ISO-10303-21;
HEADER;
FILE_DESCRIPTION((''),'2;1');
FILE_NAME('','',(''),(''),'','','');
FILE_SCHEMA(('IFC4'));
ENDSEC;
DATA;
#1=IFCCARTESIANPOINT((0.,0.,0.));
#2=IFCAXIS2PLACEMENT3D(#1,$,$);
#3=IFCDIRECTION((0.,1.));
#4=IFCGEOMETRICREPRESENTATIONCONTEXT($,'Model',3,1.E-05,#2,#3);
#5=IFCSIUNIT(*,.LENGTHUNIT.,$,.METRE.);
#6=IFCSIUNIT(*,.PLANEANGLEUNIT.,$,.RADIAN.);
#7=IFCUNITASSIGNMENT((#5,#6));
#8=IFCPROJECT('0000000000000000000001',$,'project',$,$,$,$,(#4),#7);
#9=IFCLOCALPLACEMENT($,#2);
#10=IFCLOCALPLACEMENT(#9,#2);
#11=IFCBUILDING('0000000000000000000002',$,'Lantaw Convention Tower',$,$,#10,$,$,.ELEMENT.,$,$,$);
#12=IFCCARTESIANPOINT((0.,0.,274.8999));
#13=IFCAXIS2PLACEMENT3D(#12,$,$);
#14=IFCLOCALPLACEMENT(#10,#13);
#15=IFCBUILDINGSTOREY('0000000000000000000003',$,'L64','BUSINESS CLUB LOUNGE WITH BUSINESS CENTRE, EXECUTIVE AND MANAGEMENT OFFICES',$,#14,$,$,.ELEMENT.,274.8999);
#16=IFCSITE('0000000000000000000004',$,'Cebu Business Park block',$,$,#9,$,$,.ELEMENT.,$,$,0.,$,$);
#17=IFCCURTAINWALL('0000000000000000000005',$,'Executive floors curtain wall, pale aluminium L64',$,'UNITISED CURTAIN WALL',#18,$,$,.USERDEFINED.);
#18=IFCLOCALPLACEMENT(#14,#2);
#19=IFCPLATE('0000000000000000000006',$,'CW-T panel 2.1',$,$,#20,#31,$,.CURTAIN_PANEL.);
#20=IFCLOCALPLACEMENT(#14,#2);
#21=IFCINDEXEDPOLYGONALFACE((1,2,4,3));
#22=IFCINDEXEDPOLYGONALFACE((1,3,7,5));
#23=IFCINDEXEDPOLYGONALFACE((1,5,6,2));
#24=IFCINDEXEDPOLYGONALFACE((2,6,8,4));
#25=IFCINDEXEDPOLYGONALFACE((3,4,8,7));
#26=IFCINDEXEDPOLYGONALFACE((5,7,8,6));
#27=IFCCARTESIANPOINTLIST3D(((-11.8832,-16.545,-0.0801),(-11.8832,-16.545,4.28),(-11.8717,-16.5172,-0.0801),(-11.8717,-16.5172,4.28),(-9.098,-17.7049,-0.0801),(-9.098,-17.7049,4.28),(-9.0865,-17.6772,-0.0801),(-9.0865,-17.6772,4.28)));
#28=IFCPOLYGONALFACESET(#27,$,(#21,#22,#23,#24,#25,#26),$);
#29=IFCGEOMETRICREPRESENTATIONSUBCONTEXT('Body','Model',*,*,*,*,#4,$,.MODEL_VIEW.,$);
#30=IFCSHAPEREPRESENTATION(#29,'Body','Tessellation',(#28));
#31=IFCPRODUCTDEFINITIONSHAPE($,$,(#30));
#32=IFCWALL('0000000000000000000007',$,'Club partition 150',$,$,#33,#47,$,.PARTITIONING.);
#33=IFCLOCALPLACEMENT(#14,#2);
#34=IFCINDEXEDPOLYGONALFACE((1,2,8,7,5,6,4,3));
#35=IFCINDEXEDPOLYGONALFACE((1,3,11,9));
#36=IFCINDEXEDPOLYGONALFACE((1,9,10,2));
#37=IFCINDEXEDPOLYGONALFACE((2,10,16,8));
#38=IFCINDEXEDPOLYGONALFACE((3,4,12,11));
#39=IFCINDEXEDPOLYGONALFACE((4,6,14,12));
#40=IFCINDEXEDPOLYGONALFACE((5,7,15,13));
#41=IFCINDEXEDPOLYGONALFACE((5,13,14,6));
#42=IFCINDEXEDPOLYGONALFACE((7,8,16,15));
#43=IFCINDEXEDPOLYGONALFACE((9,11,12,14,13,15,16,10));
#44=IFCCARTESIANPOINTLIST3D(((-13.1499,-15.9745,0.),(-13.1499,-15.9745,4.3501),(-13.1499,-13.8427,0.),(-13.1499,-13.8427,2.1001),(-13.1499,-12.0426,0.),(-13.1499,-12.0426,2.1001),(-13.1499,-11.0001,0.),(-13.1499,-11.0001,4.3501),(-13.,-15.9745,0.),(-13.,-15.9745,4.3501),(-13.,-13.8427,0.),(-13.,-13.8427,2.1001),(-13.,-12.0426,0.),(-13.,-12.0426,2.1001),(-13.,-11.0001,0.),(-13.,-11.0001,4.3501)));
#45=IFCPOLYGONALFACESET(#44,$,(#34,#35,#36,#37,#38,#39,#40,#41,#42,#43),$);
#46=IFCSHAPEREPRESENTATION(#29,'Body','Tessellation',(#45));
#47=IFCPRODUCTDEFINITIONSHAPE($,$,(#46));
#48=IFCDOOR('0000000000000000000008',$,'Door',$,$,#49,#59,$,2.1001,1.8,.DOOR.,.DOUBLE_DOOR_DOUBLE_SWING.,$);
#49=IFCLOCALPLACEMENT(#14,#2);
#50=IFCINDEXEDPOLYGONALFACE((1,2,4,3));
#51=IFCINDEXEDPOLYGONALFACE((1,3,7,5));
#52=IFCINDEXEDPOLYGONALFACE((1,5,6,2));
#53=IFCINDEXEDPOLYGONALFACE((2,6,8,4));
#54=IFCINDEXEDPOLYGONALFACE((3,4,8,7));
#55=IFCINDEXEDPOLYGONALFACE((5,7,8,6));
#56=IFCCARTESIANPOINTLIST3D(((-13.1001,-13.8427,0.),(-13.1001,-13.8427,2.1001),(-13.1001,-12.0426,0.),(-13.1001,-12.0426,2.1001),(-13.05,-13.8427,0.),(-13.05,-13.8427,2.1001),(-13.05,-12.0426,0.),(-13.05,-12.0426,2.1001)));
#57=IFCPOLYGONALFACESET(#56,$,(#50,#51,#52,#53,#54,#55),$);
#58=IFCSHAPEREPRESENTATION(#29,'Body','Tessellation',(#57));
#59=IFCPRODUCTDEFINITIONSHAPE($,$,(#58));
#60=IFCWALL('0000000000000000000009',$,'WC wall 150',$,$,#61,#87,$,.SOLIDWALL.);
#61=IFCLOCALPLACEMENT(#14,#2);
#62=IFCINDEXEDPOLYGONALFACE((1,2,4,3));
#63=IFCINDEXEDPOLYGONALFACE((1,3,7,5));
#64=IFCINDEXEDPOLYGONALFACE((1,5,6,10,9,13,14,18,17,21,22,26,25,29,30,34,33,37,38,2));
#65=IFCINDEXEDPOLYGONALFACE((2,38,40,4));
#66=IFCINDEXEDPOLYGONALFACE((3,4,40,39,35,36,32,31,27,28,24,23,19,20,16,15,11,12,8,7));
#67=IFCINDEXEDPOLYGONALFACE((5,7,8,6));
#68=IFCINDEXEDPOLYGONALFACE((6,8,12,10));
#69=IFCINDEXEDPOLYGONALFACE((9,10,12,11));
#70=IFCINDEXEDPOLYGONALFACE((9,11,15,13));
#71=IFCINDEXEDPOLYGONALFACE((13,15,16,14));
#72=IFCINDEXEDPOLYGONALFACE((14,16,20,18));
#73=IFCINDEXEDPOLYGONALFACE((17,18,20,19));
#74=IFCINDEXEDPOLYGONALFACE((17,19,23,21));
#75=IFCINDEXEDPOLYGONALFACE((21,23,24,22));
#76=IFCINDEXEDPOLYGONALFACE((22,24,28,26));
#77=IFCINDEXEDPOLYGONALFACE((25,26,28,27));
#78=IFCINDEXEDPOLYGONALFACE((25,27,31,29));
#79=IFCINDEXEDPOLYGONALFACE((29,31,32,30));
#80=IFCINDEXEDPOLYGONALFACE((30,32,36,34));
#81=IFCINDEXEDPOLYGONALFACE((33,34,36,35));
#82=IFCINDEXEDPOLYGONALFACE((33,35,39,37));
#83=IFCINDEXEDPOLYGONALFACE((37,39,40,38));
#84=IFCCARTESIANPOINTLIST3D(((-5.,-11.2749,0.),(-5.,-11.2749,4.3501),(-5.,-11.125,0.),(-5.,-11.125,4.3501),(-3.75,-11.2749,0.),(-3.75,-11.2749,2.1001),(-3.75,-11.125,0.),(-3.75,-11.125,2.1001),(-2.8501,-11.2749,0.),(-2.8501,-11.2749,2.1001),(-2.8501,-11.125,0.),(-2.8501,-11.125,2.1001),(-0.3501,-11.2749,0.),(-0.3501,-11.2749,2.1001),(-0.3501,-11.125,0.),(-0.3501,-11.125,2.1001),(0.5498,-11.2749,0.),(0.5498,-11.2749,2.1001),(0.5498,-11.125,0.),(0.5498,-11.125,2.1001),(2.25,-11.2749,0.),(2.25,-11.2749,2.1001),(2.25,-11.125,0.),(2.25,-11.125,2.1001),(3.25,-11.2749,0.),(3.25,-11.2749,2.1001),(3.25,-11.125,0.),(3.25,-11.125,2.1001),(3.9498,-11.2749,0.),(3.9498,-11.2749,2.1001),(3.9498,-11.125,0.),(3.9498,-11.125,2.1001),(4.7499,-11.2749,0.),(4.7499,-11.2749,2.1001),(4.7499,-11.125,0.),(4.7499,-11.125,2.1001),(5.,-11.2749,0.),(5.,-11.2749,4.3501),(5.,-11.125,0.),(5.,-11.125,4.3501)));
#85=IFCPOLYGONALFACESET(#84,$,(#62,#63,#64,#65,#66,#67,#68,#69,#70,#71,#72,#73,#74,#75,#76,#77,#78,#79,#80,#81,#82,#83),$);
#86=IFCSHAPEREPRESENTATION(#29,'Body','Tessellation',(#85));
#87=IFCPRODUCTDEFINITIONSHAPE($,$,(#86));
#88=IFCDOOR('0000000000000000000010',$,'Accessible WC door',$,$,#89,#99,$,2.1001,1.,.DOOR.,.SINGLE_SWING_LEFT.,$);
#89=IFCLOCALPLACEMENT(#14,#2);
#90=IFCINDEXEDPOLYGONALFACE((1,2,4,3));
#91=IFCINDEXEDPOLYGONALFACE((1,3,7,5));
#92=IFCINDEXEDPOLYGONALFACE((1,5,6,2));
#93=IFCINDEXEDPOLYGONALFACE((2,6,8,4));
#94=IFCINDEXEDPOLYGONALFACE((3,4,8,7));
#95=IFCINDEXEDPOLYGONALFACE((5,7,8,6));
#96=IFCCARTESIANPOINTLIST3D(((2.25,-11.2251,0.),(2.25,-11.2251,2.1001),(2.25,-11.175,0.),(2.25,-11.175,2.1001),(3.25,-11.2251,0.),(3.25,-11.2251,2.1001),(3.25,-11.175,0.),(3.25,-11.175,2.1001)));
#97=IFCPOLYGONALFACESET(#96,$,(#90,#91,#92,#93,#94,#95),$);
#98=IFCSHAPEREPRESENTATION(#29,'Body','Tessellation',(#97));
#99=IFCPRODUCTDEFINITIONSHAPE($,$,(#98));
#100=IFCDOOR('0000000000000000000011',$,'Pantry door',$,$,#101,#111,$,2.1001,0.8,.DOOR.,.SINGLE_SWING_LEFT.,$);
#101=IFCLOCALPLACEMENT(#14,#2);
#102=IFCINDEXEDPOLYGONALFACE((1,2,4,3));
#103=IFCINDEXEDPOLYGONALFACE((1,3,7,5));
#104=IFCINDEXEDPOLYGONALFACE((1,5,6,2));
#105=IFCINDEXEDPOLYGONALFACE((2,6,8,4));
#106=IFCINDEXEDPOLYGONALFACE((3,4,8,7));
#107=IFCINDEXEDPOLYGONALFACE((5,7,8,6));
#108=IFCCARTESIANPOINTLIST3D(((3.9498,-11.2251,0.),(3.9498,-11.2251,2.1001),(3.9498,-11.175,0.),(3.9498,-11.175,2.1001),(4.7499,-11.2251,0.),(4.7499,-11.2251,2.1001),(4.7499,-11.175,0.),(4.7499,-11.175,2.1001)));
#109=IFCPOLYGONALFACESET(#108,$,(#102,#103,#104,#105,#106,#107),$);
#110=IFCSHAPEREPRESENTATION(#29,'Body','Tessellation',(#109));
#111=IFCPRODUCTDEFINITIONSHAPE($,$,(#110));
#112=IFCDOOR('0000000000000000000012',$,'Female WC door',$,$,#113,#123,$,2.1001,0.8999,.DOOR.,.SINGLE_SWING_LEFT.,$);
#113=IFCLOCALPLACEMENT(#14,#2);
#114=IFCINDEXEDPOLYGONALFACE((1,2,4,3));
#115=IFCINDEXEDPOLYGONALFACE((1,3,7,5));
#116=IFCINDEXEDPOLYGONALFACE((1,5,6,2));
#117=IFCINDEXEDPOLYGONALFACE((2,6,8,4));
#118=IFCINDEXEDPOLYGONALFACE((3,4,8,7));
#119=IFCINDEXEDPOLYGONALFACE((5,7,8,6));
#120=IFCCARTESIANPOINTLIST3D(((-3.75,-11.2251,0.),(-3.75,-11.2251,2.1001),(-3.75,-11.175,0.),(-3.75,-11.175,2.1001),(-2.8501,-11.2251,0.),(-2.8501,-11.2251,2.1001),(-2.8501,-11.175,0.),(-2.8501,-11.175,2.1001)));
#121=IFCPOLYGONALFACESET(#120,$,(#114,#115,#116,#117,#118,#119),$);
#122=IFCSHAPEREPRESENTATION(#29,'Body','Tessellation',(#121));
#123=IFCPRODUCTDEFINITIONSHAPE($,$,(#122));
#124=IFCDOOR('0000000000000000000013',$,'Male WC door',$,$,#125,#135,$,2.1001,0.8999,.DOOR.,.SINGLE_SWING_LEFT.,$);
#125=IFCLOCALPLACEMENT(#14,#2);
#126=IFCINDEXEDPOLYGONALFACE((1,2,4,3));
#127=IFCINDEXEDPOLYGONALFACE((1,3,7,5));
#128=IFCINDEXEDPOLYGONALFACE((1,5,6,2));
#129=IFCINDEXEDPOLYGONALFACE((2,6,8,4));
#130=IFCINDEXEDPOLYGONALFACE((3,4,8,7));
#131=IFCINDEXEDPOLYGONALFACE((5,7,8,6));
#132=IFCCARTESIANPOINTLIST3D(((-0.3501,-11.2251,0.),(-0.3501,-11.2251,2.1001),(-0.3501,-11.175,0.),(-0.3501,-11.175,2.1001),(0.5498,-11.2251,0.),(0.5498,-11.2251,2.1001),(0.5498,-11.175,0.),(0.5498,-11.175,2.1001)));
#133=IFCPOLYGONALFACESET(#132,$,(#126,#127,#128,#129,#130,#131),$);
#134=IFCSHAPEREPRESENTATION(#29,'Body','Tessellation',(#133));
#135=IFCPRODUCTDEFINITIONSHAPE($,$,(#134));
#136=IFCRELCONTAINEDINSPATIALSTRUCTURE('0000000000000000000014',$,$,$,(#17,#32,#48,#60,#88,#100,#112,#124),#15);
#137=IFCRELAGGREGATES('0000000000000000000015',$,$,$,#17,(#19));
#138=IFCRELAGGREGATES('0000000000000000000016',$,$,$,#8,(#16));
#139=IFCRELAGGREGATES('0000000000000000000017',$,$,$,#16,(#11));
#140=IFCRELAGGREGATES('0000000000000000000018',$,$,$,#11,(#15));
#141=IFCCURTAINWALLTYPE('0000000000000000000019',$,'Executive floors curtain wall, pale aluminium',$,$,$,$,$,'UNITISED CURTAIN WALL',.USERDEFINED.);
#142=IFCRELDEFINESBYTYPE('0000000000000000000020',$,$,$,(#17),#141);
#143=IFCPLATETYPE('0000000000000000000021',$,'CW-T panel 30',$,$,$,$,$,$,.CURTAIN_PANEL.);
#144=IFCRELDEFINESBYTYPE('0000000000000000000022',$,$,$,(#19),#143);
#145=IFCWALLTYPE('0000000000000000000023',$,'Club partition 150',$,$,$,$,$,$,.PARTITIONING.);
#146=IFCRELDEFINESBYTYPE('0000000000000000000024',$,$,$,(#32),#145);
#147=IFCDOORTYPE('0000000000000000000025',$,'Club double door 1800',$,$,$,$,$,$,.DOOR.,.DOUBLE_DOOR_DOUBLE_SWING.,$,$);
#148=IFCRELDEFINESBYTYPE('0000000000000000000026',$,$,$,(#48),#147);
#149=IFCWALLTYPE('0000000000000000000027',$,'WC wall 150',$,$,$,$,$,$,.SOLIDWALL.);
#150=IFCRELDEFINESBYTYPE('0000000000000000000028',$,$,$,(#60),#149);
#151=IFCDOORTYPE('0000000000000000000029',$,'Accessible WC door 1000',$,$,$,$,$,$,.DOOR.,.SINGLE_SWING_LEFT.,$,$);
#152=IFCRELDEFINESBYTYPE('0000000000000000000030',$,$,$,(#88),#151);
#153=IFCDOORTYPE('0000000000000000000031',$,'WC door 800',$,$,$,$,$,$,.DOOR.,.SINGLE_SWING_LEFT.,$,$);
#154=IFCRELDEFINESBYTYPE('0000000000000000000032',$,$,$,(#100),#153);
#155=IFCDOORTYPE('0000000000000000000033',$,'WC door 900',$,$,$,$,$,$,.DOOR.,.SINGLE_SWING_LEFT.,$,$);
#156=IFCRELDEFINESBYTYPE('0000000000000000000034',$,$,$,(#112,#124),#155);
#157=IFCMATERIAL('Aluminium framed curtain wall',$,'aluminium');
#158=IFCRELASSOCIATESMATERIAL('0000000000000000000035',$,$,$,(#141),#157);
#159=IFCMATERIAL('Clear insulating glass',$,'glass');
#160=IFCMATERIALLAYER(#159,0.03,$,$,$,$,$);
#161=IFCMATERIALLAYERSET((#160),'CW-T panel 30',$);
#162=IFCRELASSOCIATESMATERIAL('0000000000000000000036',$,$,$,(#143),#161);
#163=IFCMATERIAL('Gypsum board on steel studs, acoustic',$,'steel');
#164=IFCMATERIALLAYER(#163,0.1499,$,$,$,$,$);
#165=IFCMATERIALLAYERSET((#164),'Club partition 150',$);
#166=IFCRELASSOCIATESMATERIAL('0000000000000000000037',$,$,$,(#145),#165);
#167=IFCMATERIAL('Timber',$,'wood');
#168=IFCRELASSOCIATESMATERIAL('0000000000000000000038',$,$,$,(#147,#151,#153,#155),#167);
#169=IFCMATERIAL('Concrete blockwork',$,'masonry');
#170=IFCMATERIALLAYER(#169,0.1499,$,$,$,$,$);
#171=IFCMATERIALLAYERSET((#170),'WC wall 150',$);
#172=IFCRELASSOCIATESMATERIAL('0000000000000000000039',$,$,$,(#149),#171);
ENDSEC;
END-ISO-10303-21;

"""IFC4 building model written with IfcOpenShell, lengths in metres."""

from ifc_helpers import new_model, si_unit, direction, frame, frame_2d, origin, origin_2d, place, context, subcontext, project, spatial, rectangle, extrude, material, layer, layer_set, type_object, element, fill, aggregate, save


model = new_model("IFC4")

# Units and contexts
model_context = context("Model", 3, precision=1e-05, world=origin(), true_north=direction((0.0, 1.0)))
body_context = subcontext(model_context, "Body", "Model", "MODEL_VIEW")
ifc_project = project(units=[si_unit("LENGTHUNIT", "METRE"), si_unit("PLANEANGLEUNIT", "RADIAN")], contexts=[model_context])

# Site, building, storey
site_placement = place(None, origin())
site = spatial("IfcSite", under=ifc_project, at=site_placement, Name="Cebu Business Park block", CompositionType="ELEMENT", RefElevation=0.0)
building_placement = place(site_placement, origin())
building = spatial("IfcBuilding", under=site, at=building_placement, Name="Lantaw Convention Tower", CompositionType="ELEMENT")
storey_placement = place(building_placement, frame((0.0, 0.0, 274.8999)))
storey = spatial("IfcBuildingStorey", under=building, at=storey_placement, Name="L64", Description="BUSINESS CLUB LOUNGE WITH BUSINESS CENTRE, EXECUTIVE AND MANAGEMENT OFFICES", CompositionType="ELEMENT", Elevation=274.8999)

# Curtain wall, plate
ifc_material_1 = material(Name="Aluminium framed curtain wall", Category="aluminium")
curtain_wall_type = type_object("IfcCurtainWallType", Name="Executive floors curtain wall, pale aluminium", ElementType="UNITISED CURTAIN WALL", PredefinedType="USERDEFINED", material=ifc_material_1)
curtain_wall_placement = place(storey_placement, origin())
curtain_wall = element("IfcCurtainWall", 1, at=curtain_wall_placement, inside=storey, type_object=curtain_wall_type, Name="Executive floors curtain wall, pale aluminium L64", ObjectType="UNITISED CURTAIN WALL", PredefinedType="USERDEFINED")
ifc_material_2 = material(Name="Clear insulating glass", Category="glass")
ifc_layer_1 = layer(ifc_material_2, 0.03)
ifc_layer_set_1 = layer_set([ifc_layer_1], Name="CW-T panel 30")
plate_type = type_object("IfcPlateType", Name="CW-T panel 30", PredefinedType="CURTAIN_PANEL", material=ifc_layer_set_1)
plate_placement = place(storey_placement, frame((-10.4849, -17.1111, -0.0801), z_axis=(0.0, 0.0, 1.0), x_axis=(0.923142, -0.38446, 0.0)))
plate = element("IfcPlate", 2, at=plate_placement, type_object=plate_type, Name="CW-T panel 2.1", PredefinedType="CURTAIN_PANEL", context=body_context, shape_type="SweptSolid", body=[
    extrude(rectangle(XDim=3.0171, YDim=0.03, at=origin_2d()), origin(), (0.0, 0.0, 1.0), 4.3601),
])
aggregate(curtain_wall, [plate])

# Wall, opening, door
ifc_material_3 = material(Name="Gypsum board on steel studs, acoustic", Category="steel")
ifc_layer_2 = layer(ifc_material_3, 0.1499)
ifc_layer_set_2 = layer_set([ifc_layer_2], Name="Club partition 150")
wall_type_1 = type_object("IfcWallType", Name="Club partition 150", PredefinedType="PARTITIONING", material=ifc_layer_set_2)
wall_1_placement = place(storey_placement, frame((-13.075, -11.0, 0.0), z_axis=(0.0, 0.0, 1.0), x_axis=(0.0, -1.0, 0.0)))
wall_1 = element("IfcWall", 3, at=wall_1_placement, inside=storey, type_object=wall_type_1, Name="Club partition 150", PredefinedType="PARTITIONING", context=body_context, shape_type="SweptSolid", body=[
    extrude(rectangle(XDim=4.9744, YDim=0.1499, at=frame_2d((2.4873, 0.0))), origin(), (0.0, 0.0, 1.0), 4.3501),
])
opening_1_placement = place(wall_1_placement, frame((1.0427, 0.0, 0.0)))
opening_1 = element("IfcOpeningElement", 4, at=opening_1_placement, cuts=wall_1, PredefinedType="OPENING", context=body_context, shape_type="SweptSolid", body=[
    extrude(rectangle(XDim=1.8, YDim=2.1001, at=frame_2d((0.8999, 1.05))), frame((0.0, 0.085, 0.0), z_axis=(0.0, -1.0, 0.0), x_axis=(1.0, 0.0, 0.0)), (0.0, 0.0, 1.0), 0.1699),
])
ifc_material_4 = material(Name="Timber", Category="wood")
door_type_1 = type_object("IfcDoorType", Name="Club double door 1800", OperationType="DOUBLE_DOOR_DOUBLE_SWING", PredefinedType="DOOR", material=ifc_material_4)
door_1_placement = place(opening_1_placement, origin())
door_1 = element("IfcDoor", 5, at=door_1_placement, inside=storey, type_object=door_type_1, Name="Door", OperationType="DOUBLE_DOOR_DOUBLE_SWING", OverallHeight=2.1001, OverallWidth=1.8, PredefinedType="DOOR", context=body_context, shape_type="SweptSolid", body=[
    extrude(rectangle(XDim=1.8, YDim=2.1001, at=frame_2d((0.8999, 1.05))), frame((0.0, 0.0249, 0.0), z_axis=(0.0, -1.0, 0.0), x_axis=(1.0, 0.0, 0.0)), (0.0, 0.0, 1.0), 0.05),
])
fill(opening_1, door_1)

# Wall, openings, doors
ifc_material_5 = material(Name="Concrete blockwork", Category="masonry")
ifc_layer_3 = layer(ifc_material_5, 0.1499)
ifc_layer_set_3 = layer_set([ifc_layer_3], Name="WC wall 150")
wall_type_2 = type_object("IfcWallType", Name="WC wall 150", PredefinedType="SOLIDWALL", material=ifc_layer_set_3)
wall_2_placement = place(storey_placement, frame((-5.0, -11.2, 0.0), z_axis=(0.0, 0.0, 1.0), x_axis=(1.0, 0.0, 0.0)))
wall_2 = element("IfcWall", 6, at=wall_2_placement, inside=storey, type_object=wall_type_2, Name="WC wall 150", PredefinedType="SOLIDWALL", context=body_context, shape_type="SweptSolid", body=[
    extrude(rectangle(XDim=10.0, YDim=0.1499, at=frame_2d((5.0, 0.0))), origin(), (0.0, 0.0, 1.0), 4.3501),
])
opening_2_placement = place(wall_2_placement, frame((1.25, 0.0, 0.0)))
opening_2 = element("IfcOpeningElement", 7, at=opening_2_placement, cuts=wall_2, PredefinedType="OPENING", context=body_context, shape_type="SweptSolid", body=[
    extrude(rectangle(XDim=0.8999, YDim=2.1001, at=frame_2d((0.45, 1.05))), frame((0.0, 0.085, 0.0), z_axis=(0.0, -1.0, 0.0), x_axis=(1.0, 0.0, 0.0)), (0.0, 0.0, 1.0), 0.1699),
])
opening_3_placement = place(wall_2_placement, frame((4.6499, 0.0, 0.0)))
opening_3 = element("IfcOpeningElement", 8, at=opening_3_placement, cuts=wall_2, PredefinedType="OPENING", context=body_context, shape_type="SweptSolid", body=[
    extrude(rectangle(XDim=0.8999, YDim=2.1001, at=frame_2d((0.45, 1.05))), frame((0.0, 0.085, 0.0), z_axis=(0.0, -1.0, 0.0), x_axis=(1.0, 0.0, 0.0)), (0.0, 0.0, 1.0), 0.1699),
])
opening_4_placement = place(wall_2_placement, frame((7.25, 0.0, 0.0)))
opening_4 = element("IfcOpeningElement", 9, at=opening_4_placement, cuts=wall_2, PredefinedType="OPENING", context=body_context, shape_type="SweptSolid", body=[
    extrude(rectangle(XDim=1.0, YDim=2.1001, at=frame_2d((0.5, 1.05))), frame((0.0, 0.085, 0.0), z_axis=(0.0, -1.0, 0.0), x_axis=(1.0, 0.0, 0.0)), (0.0, 0.0, 1.0), 0.1699),
])
opening_5_placement = place(wall_2_placement, frame((8.95, 0.0, 0.0)))
opening_5 = element("IfcOpeningElement", 10, at=opening_5_placement, cuts=wall_2, PredefinedType="OPENING", context=body_context, shape_type="SweptSolid", body=[
    extrude(rectangle(XDim=0.8, YDim=2.1001, at=frame_2d((0.3999, 1.05))), frame((0.0, 0.085, 0.0), z_axis=(0.0, -1.0, 0.0), x_axis=(1.0, 0.0, 0.0)), (0.0, 0.0, 1.0), 0.1699),
])
door_type_2 = type_object("IfcDoorType", Name="Accessible WC door 1000", OperationType="SINGLE_SWING_LEFT", PredefinedType="DOOR", material=ifc_material_4)
door_2_placement = place(opening_4_placement, origin())
door_2 = element("IfcDoor", 11, at=door_2_placement, inside=storey, type_object=door_type_2, Name="Accessible WC door", OperationType="SINGLE_SWING_LEFT", OverallHeight=2.1001, OverallWidth=1.0, PredefinedType="DOOR", context=body_context, shape_type="SweptSolid", body=[
    extrude(rectangle(XDim=1.0, YDim=2.1001, at=frame_2d((0.5, 1.05))), frame((0.0, 0.0249, 0.0), z_axis=(0.0, -1.0, 0.0), x_axis=(1.0, 0.0, 0.0)), (0.0, 0.0, 1.0), 0.05),
])
fill(opening_4, door_2)
door_type_3 = type_object("IfcDoorType", Name="WC door 800", OperationType="SINGLE_SWING_LEFT", PredefinedType="DOOR", material=ifc_material_4)
door_3_placement = place(opening_5_placement, origin())
door_3 = element("IfcDoor", 12, at=door_3_placement, inside=storey, type_object=door_type_3, Name="Pantry door", OperationType="SINGLE_SWING_LEFT", OverallHeight=2.1001, OverallWidth=0.8, PredefinedType="DOOR", context=body_context, shape_type="SweptSolid", body=[
    extrude(rectangle(XDim=0.8, YDim=2.1001, at=frame_2d((0.3999, 1.05))), frame((0.0, 0.0249, 0.0), z_axis=(0.0, -1.0, 0.0), x_axis=(1.0, 0.0, 0.0)), (0.0, 0.0, 1.0), 0.05),
])
fill(opening_5, door_3)
door_type_4 = type_object("IfcDoorType", Name="WC door 900", OperationType="SINGLE_SWING_LEFT", PredefinedType="DOOR", material=ifc_material_4)
door_4_placement = place(opening_2_placement, origin())
door_4 = element("IfcDoor", 13, at=door_4_placement, inside=storey, type_object=door_type_4, Name="Female WC door", OperationType="SINGLE_SWING_LEFT", OverallHeight=2.1001, OverallWidth=0.8999, PredefinedType="DOOR", context=body_context, shape_type="SweptSolid", body=[
    extrude(rectangle(XDim=0.8999, YDim=2.1001, at=frame_2d((0.45, 1.05))), frame((0.0, 0.0249, 0.0), z_axis=(0.0, -1.0, 0.0), x_axis=(1.0, 0.0, 0.0)), (0.0, 0.0, 1.0), 0.05),
])
fill(opening_2, door_4)
door_5_placement = place(opening_3_placement, origin())
door_5 = element("IfcDoor", 14, at=door_5_placement, inside=storey, type_object=door_type_4, Name="Male WC door", OperationType="SINGLE_SWING_LEFT", OverallHeight=2.1001, OverallWidth=0.8999, PredefinedType="DOOR", context=body_context, shape_type="SweptSolid", body=[
    extrude(rectangle(XDim=0.8999, YDim=2.1001, at=frame_2d((0.45, 1.05))), frame((0.0, 0.0249, 0.0), z_axis=(0.0, -1.0, 0.0), x_axis=(1.0, 0.0, 0.0)), (0.0, 0.0, 1.0), 0.05),
])
fill(opening_3, door_5)

save(model, "model.ifc")
